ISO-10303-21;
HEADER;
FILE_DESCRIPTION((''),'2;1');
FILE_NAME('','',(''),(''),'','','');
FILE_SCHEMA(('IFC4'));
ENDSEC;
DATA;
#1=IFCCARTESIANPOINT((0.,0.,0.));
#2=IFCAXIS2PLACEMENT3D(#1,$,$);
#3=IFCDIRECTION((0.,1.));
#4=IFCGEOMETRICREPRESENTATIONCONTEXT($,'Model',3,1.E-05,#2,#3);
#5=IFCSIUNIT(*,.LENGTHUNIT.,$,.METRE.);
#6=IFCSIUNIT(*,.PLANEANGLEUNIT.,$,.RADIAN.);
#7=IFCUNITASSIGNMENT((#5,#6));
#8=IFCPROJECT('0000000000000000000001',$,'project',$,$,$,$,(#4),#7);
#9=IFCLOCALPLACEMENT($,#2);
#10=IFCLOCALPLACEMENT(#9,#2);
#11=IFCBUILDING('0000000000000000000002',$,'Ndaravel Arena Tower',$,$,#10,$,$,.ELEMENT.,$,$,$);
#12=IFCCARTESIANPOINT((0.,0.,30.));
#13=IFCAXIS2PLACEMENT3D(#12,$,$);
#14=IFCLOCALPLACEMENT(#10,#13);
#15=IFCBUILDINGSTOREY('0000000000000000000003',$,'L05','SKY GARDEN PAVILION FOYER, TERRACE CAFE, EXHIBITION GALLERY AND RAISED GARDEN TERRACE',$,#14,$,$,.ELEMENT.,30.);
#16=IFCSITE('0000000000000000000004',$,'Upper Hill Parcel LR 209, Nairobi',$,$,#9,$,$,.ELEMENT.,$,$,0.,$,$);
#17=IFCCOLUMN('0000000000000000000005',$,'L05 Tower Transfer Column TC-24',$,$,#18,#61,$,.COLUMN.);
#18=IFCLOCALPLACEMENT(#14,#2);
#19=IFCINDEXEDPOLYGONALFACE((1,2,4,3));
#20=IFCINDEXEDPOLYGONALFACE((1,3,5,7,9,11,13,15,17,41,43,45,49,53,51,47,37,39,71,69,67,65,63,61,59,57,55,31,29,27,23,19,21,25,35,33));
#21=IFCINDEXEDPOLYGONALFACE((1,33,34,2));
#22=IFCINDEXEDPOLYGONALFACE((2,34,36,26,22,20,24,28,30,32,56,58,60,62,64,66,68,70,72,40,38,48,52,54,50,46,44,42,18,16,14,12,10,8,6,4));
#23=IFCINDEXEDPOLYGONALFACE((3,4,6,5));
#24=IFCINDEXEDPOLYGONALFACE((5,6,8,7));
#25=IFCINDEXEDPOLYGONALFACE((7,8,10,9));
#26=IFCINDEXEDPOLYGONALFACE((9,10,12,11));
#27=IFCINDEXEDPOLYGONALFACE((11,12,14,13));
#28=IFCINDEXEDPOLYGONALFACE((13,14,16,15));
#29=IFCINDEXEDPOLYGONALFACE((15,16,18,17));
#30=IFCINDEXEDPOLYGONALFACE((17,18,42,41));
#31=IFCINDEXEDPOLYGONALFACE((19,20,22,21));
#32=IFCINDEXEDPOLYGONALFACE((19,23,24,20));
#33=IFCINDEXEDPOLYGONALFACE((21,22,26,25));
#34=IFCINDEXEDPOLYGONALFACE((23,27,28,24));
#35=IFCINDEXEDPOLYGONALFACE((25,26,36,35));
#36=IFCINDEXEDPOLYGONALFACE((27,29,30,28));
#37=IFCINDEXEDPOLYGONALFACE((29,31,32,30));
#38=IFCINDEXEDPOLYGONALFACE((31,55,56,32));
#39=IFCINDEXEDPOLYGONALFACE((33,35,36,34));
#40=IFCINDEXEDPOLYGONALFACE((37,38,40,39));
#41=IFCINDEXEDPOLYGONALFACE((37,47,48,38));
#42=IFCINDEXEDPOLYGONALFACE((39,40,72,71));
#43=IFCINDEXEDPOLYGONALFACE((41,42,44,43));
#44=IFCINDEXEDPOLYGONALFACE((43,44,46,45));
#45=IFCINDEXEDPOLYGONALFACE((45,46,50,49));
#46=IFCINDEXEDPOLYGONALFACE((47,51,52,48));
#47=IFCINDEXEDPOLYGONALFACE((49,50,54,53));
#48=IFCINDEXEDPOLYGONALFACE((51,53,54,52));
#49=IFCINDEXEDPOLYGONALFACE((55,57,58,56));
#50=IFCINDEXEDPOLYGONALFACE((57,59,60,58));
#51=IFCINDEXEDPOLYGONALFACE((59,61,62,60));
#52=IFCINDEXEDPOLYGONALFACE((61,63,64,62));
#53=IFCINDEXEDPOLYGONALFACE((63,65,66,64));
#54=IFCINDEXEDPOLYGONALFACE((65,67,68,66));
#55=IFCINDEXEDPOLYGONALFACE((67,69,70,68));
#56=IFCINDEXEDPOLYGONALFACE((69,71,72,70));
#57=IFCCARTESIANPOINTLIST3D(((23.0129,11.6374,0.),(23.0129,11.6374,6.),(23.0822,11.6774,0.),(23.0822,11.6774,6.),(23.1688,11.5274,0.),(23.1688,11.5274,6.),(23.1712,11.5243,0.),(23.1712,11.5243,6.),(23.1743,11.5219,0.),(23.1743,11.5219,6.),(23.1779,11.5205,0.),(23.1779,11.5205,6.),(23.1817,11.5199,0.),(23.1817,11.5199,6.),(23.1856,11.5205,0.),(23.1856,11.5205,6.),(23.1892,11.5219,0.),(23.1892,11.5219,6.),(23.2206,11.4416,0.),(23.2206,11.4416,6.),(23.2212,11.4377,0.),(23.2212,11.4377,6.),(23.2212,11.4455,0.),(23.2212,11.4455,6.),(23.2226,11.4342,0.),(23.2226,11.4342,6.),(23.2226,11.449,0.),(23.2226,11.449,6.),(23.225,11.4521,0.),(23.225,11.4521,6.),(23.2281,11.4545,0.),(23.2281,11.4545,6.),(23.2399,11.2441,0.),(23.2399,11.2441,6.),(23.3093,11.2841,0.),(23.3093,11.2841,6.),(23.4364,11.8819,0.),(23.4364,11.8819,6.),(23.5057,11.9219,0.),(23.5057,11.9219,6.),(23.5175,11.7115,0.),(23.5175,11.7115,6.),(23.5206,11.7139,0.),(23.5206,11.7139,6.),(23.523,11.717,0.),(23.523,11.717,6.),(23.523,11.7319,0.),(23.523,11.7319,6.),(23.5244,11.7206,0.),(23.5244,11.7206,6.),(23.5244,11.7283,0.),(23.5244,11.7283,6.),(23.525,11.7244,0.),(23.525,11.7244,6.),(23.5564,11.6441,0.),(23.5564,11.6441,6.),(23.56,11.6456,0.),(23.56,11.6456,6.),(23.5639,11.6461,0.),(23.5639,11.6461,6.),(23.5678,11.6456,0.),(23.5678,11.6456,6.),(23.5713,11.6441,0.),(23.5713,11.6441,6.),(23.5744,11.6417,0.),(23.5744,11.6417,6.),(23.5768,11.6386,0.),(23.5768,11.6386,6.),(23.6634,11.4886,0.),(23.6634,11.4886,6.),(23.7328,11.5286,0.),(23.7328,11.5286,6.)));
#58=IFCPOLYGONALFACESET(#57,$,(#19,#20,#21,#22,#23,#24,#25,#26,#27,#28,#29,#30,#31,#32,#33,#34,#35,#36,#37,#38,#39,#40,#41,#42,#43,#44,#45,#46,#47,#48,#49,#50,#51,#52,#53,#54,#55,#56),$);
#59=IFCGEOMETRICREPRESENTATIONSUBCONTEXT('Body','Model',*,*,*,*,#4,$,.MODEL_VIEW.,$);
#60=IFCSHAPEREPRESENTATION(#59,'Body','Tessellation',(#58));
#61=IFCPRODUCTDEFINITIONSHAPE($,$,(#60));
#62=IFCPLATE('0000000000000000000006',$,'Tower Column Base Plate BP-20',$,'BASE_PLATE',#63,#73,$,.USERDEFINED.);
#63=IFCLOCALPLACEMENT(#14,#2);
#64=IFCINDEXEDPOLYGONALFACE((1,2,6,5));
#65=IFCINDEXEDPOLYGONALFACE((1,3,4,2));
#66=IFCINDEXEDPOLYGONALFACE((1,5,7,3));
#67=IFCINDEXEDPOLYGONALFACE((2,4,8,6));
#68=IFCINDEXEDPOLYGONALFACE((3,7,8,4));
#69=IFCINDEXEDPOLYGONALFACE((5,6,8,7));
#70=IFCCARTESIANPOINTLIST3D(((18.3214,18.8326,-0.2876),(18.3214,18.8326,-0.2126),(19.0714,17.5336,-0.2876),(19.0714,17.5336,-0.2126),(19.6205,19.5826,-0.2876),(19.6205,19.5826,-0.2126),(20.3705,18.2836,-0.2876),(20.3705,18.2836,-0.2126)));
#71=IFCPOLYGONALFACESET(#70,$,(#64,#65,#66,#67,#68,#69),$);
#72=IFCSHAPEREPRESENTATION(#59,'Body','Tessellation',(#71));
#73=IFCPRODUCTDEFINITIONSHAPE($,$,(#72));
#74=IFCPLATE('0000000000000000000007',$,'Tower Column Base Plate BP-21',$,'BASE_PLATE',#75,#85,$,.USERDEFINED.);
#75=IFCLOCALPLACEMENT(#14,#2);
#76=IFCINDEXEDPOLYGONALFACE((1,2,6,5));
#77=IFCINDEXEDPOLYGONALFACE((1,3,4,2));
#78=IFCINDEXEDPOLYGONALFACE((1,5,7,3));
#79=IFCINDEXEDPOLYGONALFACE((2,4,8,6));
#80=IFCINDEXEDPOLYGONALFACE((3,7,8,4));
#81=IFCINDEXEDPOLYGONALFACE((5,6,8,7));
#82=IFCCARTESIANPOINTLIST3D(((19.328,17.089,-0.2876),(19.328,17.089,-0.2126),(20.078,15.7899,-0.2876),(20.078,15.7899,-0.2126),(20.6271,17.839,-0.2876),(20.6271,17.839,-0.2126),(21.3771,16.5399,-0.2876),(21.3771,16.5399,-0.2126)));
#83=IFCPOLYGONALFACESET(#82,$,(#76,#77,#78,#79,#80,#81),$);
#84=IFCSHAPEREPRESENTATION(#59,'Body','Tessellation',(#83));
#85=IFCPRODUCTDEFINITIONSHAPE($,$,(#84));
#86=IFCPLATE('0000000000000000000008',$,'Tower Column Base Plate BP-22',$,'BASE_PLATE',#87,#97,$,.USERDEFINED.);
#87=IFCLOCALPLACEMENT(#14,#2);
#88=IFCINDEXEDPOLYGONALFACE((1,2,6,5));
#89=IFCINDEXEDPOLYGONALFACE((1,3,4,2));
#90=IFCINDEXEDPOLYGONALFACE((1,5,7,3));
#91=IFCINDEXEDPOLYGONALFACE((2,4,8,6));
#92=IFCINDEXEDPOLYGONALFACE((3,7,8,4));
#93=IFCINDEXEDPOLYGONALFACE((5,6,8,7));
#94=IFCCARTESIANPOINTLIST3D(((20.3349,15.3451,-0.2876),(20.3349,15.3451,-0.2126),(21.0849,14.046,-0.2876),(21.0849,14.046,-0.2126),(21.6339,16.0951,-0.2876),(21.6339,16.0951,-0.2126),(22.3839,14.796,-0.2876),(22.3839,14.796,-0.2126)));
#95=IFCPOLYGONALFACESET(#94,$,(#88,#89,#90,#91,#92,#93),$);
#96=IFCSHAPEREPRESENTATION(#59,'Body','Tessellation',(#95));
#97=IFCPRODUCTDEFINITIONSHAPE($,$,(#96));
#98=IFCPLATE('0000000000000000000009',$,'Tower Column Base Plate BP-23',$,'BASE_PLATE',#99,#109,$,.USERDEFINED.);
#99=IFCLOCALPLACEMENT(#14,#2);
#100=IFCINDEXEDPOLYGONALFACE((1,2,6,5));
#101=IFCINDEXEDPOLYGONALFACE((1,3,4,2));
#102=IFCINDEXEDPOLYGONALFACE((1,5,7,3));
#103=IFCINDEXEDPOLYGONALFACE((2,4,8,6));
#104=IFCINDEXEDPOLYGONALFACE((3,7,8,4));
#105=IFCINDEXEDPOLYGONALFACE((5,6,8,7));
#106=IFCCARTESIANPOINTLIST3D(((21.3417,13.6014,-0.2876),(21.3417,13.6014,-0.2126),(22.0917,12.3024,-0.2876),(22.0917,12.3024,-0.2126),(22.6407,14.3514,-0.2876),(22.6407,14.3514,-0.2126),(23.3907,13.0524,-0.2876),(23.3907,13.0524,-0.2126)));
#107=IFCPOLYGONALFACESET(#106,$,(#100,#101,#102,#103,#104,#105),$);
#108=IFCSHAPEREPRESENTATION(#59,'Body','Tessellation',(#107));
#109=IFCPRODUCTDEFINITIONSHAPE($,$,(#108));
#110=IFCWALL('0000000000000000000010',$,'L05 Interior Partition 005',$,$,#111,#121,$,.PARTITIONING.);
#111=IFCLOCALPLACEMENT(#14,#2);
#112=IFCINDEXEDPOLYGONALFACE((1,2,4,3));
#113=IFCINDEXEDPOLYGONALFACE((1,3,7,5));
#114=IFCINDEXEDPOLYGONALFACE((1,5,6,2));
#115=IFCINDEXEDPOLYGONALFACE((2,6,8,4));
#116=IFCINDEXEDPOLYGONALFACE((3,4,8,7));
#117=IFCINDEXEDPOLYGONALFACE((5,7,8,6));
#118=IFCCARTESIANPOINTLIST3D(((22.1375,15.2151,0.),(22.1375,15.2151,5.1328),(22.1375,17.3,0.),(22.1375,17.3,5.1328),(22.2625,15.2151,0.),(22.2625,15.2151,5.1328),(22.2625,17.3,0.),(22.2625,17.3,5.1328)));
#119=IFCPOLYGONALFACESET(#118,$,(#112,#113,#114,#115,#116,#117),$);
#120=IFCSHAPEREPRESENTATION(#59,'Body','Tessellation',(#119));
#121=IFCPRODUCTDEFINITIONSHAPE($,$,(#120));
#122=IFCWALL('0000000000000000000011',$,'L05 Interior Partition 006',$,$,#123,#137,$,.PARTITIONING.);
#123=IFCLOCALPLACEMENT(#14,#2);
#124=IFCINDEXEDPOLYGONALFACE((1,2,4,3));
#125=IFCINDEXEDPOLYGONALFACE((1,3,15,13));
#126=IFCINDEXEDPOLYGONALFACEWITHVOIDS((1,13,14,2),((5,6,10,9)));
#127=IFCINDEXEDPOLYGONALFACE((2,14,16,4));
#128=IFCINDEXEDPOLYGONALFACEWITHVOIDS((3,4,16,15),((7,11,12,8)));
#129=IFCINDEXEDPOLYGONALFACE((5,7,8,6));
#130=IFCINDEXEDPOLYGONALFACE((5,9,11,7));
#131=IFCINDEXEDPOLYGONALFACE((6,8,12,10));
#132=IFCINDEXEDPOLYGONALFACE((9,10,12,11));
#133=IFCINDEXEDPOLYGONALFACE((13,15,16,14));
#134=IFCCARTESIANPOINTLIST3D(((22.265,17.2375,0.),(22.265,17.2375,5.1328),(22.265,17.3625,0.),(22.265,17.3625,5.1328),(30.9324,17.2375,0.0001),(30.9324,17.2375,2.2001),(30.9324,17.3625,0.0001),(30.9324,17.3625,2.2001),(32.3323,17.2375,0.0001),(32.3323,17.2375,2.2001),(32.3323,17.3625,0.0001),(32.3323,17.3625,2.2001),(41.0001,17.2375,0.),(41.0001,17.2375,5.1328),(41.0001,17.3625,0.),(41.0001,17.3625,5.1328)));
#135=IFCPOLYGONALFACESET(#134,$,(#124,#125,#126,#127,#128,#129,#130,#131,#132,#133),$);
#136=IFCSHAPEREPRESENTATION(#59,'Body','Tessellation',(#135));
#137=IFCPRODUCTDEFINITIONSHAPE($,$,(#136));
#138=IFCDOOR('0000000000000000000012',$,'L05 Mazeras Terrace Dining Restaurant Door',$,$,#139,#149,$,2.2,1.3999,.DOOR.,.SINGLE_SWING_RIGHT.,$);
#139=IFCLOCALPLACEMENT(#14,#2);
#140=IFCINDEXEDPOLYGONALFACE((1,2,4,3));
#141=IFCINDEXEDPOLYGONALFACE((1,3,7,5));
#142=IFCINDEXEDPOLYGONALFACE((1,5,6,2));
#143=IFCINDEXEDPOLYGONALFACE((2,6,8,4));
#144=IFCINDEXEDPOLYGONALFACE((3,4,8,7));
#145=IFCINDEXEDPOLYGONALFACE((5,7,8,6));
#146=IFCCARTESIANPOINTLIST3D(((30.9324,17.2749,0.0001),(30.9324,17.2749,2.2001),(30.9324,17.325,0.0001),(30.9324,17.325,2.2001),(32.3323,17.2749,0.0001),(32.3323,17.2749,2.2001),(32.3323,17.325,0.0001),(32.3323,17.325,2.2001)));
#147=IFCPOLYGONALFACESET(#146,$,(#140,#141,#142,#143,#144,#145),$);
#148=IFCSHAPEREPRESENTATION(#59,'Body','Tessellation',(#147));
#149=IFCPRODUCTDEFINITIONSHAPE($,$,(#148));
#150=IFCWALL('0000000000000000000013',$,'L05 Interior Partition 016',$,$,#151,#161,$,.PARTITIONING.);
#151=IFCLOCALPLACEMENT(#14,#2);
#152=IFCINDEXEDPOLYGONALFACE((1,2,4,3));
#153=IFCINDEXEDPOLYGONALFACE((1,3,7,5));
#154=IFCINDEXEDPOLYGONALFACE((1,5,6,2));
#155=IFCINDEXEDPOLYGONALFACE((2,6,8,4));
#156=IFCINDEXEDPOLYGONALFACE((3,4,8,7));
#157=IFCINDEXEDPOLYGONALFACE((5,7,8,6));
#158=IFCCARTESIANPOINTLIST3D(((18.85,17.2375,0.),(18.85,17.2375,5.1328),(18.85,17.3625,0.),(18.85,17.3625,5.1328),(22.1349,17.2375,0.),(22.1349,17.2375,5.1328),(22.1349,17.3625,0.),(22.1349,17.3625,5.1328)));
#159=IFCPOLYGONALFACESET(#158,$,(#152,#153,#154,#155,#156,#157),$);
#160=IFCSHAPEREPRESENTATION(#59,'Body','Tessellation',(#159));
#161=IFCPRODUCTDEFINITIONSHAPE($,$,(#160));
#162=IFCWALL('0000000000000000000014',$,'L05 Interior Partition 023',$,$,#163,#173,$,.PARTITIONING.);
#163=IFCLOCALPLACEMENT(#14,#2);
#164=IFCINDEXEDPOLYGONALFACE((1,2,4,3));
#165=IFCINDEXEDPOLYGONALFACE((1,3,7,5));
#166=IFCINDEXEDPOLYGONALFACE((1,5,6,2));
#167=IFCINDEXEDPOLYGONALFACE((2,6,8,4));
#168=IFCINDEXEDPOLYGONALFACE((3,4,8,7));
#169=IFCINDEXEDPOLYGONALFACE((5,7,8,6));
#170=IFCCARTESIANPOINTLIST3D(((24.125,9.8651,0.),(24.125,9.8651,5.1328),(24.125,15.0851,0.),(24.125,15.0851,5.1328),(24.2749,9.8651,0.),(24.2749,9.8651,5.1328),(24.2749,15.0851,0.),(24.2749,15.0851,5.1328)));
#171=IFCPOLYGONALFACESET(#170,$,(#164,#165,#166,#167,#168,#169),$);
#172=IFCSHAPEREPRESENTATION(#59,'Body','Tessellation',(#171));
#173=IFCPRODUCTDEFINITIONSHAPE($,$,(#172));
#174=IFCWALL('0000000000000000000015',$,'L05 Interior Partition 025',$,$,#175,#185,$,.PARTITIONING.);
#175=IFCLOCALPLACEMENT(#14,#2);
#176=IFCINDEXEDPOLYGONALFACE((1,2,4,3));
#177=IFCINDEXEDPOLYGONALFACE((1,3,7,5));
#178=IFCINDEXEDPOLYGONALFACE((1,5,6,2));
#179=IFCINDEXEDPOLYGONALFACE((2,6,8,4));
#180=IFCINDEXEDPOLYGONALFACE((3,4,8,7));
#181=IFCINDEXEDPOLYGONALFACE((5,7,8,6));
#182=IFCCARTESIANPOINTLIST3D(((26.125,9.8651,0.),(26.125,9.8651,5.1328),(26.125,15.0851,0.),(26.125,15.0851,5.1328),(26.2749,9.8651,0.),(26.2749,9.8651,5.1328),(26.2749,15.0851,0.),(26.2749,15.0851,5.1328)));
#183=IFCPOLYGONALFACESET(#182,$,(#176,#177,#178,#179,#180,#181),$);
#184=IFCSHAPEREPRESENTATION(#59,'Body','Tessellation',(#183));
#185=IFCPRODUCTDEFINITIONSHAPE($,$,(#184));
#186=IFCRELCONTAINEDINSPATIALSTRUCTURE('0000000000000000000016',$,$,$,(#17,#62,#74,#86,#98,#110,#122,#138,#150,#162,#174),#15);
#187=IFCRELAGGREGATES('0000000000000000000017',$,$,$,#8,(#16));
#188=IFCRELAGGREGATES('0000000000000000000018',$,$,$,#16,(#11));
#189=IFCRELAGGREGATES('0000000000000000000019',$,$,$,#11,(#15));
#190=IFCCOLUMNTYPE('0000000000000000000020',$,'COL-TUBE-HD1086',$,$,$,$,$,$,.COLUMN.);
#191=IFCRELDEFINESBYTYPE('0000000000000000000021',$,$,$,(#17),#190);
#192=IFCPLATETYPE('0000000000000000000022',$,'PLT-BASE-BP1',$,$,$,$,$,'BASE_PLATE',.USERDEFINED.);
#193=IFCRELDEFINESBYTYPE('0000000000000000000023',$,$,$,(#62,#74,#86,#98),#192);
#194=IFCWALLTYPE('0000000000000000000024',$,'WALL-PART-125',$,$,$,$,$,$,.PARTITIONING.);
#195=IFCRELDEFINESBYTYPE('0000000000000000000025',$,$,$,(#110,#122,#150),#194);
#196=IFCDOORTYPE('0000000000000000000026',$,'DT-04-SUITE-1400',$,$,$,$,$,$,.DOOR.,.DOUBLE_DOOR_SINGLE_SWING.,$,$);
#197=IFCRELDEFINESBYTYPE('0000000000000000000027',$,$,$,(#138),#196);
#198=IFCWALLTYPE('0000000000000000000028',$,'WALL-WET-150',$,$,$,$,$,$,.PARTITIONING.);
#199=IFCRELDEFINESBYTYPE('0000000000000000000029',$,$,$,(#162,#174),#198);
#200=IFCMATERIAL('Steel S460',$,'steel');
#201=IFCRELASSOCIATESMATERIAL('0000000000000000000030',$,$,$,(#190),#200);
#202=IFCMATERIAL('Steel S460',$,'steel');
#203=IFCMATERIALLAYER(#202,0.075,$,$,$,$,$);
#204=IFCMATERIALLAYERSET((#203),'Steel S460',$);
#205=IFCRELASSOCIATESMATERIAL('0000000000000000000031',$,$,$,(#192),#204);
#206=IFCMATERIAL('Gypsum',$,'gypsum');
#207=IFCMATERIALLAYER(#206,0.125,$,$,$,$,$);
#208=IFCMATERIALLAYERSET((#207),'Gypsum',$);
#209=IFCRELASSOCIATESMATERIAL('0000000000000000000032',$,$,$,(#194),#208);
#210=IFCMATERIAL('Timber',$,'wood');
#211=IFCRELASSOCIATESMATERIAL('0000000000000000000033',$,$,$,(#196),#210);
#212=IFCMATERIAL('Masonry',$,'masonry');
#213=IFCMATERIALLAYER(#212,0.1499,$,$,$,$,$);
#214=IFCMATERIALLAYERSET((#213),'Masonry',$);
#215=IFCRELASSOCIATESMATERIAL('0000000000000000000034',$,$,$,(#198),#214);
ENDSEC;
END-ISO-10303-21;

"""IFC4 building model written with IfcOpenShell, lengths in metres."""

from ifc_helpers import new_model, si_unit, direction, frame, frame_2d, origin, origin_2d, place, context, subcontext, project, spatial, rectangle, i_section, extrude, material, layer, layer_set, material_profile, profile_set, type_object, element, fill, save


model = new_model("IFC4")

# Units and contexts
model_context = context("Model", 3, precision=1e-05, world=origin(), true_north=direction((0.0, 1.0)))
body_context = subcontext(model_context, "Body", "Model", "MODEL_VIEW")
ifc_project = project(units=[si_unit("LENGTHUNIT", "METRE"), si_unit("PLANEANGLEUNIT", "RADIAN")], contexts=[model_context])

# Site, building, storey
site_placement = place(None, origin())
site = spatial("IfcSite", under=ifc_project, at=site_placement, Name="Upper Hill Parcel LR 209, Nairobi", CompositionType="ELEMENT", RefElevation=0.0)
building_placement = place(site_placement, origin())
building = spatial("IfcBuilding", under=site, at=building_placement, Name="Ndaravel Arena Tower", CompositionType="ELEMENT")
storey_placement = place(building_placement, frame((0.0, 0.0, 30.0)))
storey = spatial("IfcBuildingStorey", under=building, at=storey_placement, Name="L05", Description="SKY GARDEN PAVILION FOYER, TERRACE CAFE, EXHIBITION GALLERY AND RAISED GARDEN TERRACE", CompositionType="ELEMENT", Elevation=30.0)

# Column
ifc_material_1 = material(Name="Steel S460", Category="steel")
ifc_material_profile = material_profile(ifc_material_1, i_section(OverallWidth=0.4541, OverallDepth=0.5691, WebThickness=0.0779, FlangeThickness=0.0801, FilletRadius=0.0149, at=origin_2d()), Name="HD 400x1086")
ifc_profile_set = profile_set([ifc_material_profile], Name="Steel S460")
column_type = type_object("IfcColumnType", Name="COL-TUBE-HD1086", PredefinedType="COLUMN", material=ifc_profile_set)
for number, where, z_axis, x_axis, name in (
    (1, (23.3728, 11.583, 0.0), (0.0, 0.0, 1.0), (-0.5, 0.866025, 0.0), "L05 Tower Transfer Column TC-24"),
):
    element("IfcColumn", number, at=place(storey_placement, frame(where, z_axis=z_axis, x_axis=x_axis)), inside=storey, type_object=column_type, Name=name, PredefinedType="COLUMN", context=body_context, shape_type="SweptSolid", body=[
        extrude(i_section(OverallWidth=0.4541, OverallDepth=0.5691, WebThickness=0.0779, FlangeThickness=0.0801, FilletRadius=0.0149, at=origin_2d()), origin(), (0.0, 0.0, 1.0), 6.0),
    ])

# Plates
ifc_material_2 = material(Name="Steel S460", Category="steel")
ifc_layer_1 = layer(ifc_material_2, 0.075)
ifc_layer_set_1 = layer_set([ifc_layer_1], Name="Steel S460")
plate_type = type_object("IfcPlateType", Name="PLT-BASE-BP1", ElementType="BASE_PLATE", PredefinedType="USERDEFINED", material=ifc_layer_set_1)
for number, where, z_axis, x_axis, name in (
    (2, (19.3459, 18.5581, -0.2876), (0.0, 0.0, 1.0), (-0.5, 0.866025, 0.0), "Tower Column Base Plate BP-20"),
    (3, (20.3525, 16.8145, -0.2876), (0.0, 0.0, 1.0), (-0.5, 0.866025, 0.0), "Tower Column Base Plate BP-21"),
    (4, (21.3594, 15.0706, -0.2876), (0.0, 0.0, 1.0), (-0.5, 0.866025, 0.0), "Tower Column Base Plate BP-22"),
    (5, (22.3662, 13.3269, -0.2876), (0.0, 0.0, 1.0), (-0.5, 0.866025, 0.0), "Tower Column Base Plate BP-23"),
):
    element("IfcPlate", number, at=place(storey_placement, frame(where, z_axis=z_axis, x_axis=x_axis)), inside=storey, type_object=plate_type, Name=name, ObjectType="BASE_PLATE", PredefinedType="USERDEFINED", context=body_context, shape_type="SweptSolid", body=[
        extrude(rectangle(XDim=1.5, YDim=1.5, at=origin_2d()), origin(), (0.0, 0.0, 1.0), 0.075),
    ])

# Wall
ifc_material_3 = material(Name="Gypsum", Category="gypsum")
ifc_layer_2 = layer(ifc_material_3, 0.125)
ifc_layer_set_2 = layer_set([ifc_layer_2], Name="Gypsum")
wall_type_1 = type_object("IfcWallType", Name="WALL-PART-125", PredefinedType="PARTITIONING", material=ifc_layer_set_2)
wall_1_placement = place(storey_placement, frame((22.2, 15.2151, 0.0), z_axis=(0.0, 0.0, 1.0), x_axis=(0.0, 1.0, 0.0)))
element("IfcWall", 6, at=wall_1_placement, inside=storey, type_object=wall_type_1, Name="L05 Interior Partition 005", PredefinedType="PARTITIONING", context=body_context, shape_type="SweptSolid", body=[
    extrude(rectangle(XDim=2.085, YDim=0.125, at=frame_2d((1.0425, 0.0))), origin(), (0.0, 0.0, 1.0), 5.1328),
])

# Wall, opening, door
wall_2_placement = place(storey_placement, frame((22.2649, 17.3, 0.0), z_axis=(0.0, 0.0, 1.0), x_axis=(1.0, 0.0, 0.0)))
wall_2 = element("IfcWall", 7, at=wall_2_placement, inside=storey, type_object=wall_type_1, Name="L05 Interior Partition 006", PredefinedType="PARTITIONING", context=body_context, shape_type="SweptSolid", body=[
    extrude(rectangle(XDim=18.7351, YDim=0.125, at=frame_2d((9.3677, 0.0))), origin(), (0.0, 0.0, 1.0), 5.1328),
])
opening_1_placement = place(wall_2_placement, frame((8.6675, 0.0, 0.0)))
opening_1 = element("IfcOpeningElement", 8, at=opening_1_placement, cuts=wall_2, PredefinedType="OPENING", context=body_context, shape_type="SweptSolid", body=[
    extrude(rectangle(XDim=1.3999, YDim=2.2, at=frame_2d((0.7, 1.1001))), frame((0.0, 0.0625, 0.0), z_axis=(0.0, -1.0, 0.0), x_axis=(1.0, 0.0, 0.0)), (0.0, 0.0, 1.0), 0.125),
])
ifc_material_4 = material(Name="Timber", Category="wood")
door_type_1 = type_object("IfcDoorType", Name="DT-04-SUITE-1400", OperationType="DOUBLE_DOOR_SINGLE_SWING", PredefinedType="DOOR", material=ifc_material_4)
door_1_placement = place(opening_1_placement, origin())
door_1 = element("IfcDoor", 9, at=door_1_placement, inside=storey, type_object=door_type_1, Name="L05 Mazeras Terrace Dining Restaurant Door", OperationType="SINGLE_SWING_RIGHT", OverallHeight=2.2, OverallWidth=1.3999, PredefinedType="DOOR", context=body_context, shape_type="SweptSolid", body=[
    extrude(rectangle(XDim=1.3999, YDim=2.2, at=frame_2d((0.7, 1.1001))), frame((0.0, 0.0249, 0.0), z_axis=(0.0, -1.0, 0.0), x_axis=(1.0, 0.0, 0.0)), (0.0, 0.0, 1.0), 0.05),
])
fill(opening_1, door_1)

# Wall
wall_3_placement = place(storey_placement, frame((22.135, 17.3, 0.0), z_axis=(0.0, 0.0, 1.0), x_axis=(-1.0, 0.0, 0.0)))
element("IfcWall", 10, at=wall_3_placement, inside=storey, type_object=wall_type_1, Name="L05 Interior Partition 016", PredefinedType="PARTITIONING", context=body_context, shape_type="SweptSolid", body=[
    extrude(rectangle(XDim=3.2849, YDim=0.125, at=frame_2d((1.6426, 0.0))), origin(), (0.0, 0.0, 1.0), 5.1328),
])

# Shared definitions
ifc_material_5 = material(Name="Masonry", Category="masonry")
ifc_layer_3 = layer(ifc_material_5, 0.1499)
ifc_layer_set_3 = layer_set([ifc_layer_3], Name="Masonry")
wall_type_2 = type_object("IfcWallType", Name="WALL-WET-150", PredefinedType="PARTITIONING", material=ifc_layer_set_3)

# Walls
for number, where, z_axis, x_axis, name in (
    (11, (24.2, 15.085, 0.0), (0.0, 0.0, 1.0), (0.0, -1.0, 0.0), "L05 Interior Partition 023"),
    (12, (26.2, 15.085, 0.0), (0.0, 0.0, 1.0), (0.0, -1.0, 0.0), "L05 Interior Partition 025"),
):
    element("IfcWall", number, at=place(storey_placement, frame(where, z_axis=z_axis, x_axis=x_axis)), inside=storey, type_object=wall_type_2, Name=name, PredefinedType="PARTITIONING", context=body_context, shape_type="SweptSolid", body=[
        extrude(rectangle(XDim=5.22, YDim=0.1499, at=frame_2d((2.6099, 0.0))), origin(), (0.0, 0.0, 1.0), 5.1328),
    ])

save(model, "model.ifc")
